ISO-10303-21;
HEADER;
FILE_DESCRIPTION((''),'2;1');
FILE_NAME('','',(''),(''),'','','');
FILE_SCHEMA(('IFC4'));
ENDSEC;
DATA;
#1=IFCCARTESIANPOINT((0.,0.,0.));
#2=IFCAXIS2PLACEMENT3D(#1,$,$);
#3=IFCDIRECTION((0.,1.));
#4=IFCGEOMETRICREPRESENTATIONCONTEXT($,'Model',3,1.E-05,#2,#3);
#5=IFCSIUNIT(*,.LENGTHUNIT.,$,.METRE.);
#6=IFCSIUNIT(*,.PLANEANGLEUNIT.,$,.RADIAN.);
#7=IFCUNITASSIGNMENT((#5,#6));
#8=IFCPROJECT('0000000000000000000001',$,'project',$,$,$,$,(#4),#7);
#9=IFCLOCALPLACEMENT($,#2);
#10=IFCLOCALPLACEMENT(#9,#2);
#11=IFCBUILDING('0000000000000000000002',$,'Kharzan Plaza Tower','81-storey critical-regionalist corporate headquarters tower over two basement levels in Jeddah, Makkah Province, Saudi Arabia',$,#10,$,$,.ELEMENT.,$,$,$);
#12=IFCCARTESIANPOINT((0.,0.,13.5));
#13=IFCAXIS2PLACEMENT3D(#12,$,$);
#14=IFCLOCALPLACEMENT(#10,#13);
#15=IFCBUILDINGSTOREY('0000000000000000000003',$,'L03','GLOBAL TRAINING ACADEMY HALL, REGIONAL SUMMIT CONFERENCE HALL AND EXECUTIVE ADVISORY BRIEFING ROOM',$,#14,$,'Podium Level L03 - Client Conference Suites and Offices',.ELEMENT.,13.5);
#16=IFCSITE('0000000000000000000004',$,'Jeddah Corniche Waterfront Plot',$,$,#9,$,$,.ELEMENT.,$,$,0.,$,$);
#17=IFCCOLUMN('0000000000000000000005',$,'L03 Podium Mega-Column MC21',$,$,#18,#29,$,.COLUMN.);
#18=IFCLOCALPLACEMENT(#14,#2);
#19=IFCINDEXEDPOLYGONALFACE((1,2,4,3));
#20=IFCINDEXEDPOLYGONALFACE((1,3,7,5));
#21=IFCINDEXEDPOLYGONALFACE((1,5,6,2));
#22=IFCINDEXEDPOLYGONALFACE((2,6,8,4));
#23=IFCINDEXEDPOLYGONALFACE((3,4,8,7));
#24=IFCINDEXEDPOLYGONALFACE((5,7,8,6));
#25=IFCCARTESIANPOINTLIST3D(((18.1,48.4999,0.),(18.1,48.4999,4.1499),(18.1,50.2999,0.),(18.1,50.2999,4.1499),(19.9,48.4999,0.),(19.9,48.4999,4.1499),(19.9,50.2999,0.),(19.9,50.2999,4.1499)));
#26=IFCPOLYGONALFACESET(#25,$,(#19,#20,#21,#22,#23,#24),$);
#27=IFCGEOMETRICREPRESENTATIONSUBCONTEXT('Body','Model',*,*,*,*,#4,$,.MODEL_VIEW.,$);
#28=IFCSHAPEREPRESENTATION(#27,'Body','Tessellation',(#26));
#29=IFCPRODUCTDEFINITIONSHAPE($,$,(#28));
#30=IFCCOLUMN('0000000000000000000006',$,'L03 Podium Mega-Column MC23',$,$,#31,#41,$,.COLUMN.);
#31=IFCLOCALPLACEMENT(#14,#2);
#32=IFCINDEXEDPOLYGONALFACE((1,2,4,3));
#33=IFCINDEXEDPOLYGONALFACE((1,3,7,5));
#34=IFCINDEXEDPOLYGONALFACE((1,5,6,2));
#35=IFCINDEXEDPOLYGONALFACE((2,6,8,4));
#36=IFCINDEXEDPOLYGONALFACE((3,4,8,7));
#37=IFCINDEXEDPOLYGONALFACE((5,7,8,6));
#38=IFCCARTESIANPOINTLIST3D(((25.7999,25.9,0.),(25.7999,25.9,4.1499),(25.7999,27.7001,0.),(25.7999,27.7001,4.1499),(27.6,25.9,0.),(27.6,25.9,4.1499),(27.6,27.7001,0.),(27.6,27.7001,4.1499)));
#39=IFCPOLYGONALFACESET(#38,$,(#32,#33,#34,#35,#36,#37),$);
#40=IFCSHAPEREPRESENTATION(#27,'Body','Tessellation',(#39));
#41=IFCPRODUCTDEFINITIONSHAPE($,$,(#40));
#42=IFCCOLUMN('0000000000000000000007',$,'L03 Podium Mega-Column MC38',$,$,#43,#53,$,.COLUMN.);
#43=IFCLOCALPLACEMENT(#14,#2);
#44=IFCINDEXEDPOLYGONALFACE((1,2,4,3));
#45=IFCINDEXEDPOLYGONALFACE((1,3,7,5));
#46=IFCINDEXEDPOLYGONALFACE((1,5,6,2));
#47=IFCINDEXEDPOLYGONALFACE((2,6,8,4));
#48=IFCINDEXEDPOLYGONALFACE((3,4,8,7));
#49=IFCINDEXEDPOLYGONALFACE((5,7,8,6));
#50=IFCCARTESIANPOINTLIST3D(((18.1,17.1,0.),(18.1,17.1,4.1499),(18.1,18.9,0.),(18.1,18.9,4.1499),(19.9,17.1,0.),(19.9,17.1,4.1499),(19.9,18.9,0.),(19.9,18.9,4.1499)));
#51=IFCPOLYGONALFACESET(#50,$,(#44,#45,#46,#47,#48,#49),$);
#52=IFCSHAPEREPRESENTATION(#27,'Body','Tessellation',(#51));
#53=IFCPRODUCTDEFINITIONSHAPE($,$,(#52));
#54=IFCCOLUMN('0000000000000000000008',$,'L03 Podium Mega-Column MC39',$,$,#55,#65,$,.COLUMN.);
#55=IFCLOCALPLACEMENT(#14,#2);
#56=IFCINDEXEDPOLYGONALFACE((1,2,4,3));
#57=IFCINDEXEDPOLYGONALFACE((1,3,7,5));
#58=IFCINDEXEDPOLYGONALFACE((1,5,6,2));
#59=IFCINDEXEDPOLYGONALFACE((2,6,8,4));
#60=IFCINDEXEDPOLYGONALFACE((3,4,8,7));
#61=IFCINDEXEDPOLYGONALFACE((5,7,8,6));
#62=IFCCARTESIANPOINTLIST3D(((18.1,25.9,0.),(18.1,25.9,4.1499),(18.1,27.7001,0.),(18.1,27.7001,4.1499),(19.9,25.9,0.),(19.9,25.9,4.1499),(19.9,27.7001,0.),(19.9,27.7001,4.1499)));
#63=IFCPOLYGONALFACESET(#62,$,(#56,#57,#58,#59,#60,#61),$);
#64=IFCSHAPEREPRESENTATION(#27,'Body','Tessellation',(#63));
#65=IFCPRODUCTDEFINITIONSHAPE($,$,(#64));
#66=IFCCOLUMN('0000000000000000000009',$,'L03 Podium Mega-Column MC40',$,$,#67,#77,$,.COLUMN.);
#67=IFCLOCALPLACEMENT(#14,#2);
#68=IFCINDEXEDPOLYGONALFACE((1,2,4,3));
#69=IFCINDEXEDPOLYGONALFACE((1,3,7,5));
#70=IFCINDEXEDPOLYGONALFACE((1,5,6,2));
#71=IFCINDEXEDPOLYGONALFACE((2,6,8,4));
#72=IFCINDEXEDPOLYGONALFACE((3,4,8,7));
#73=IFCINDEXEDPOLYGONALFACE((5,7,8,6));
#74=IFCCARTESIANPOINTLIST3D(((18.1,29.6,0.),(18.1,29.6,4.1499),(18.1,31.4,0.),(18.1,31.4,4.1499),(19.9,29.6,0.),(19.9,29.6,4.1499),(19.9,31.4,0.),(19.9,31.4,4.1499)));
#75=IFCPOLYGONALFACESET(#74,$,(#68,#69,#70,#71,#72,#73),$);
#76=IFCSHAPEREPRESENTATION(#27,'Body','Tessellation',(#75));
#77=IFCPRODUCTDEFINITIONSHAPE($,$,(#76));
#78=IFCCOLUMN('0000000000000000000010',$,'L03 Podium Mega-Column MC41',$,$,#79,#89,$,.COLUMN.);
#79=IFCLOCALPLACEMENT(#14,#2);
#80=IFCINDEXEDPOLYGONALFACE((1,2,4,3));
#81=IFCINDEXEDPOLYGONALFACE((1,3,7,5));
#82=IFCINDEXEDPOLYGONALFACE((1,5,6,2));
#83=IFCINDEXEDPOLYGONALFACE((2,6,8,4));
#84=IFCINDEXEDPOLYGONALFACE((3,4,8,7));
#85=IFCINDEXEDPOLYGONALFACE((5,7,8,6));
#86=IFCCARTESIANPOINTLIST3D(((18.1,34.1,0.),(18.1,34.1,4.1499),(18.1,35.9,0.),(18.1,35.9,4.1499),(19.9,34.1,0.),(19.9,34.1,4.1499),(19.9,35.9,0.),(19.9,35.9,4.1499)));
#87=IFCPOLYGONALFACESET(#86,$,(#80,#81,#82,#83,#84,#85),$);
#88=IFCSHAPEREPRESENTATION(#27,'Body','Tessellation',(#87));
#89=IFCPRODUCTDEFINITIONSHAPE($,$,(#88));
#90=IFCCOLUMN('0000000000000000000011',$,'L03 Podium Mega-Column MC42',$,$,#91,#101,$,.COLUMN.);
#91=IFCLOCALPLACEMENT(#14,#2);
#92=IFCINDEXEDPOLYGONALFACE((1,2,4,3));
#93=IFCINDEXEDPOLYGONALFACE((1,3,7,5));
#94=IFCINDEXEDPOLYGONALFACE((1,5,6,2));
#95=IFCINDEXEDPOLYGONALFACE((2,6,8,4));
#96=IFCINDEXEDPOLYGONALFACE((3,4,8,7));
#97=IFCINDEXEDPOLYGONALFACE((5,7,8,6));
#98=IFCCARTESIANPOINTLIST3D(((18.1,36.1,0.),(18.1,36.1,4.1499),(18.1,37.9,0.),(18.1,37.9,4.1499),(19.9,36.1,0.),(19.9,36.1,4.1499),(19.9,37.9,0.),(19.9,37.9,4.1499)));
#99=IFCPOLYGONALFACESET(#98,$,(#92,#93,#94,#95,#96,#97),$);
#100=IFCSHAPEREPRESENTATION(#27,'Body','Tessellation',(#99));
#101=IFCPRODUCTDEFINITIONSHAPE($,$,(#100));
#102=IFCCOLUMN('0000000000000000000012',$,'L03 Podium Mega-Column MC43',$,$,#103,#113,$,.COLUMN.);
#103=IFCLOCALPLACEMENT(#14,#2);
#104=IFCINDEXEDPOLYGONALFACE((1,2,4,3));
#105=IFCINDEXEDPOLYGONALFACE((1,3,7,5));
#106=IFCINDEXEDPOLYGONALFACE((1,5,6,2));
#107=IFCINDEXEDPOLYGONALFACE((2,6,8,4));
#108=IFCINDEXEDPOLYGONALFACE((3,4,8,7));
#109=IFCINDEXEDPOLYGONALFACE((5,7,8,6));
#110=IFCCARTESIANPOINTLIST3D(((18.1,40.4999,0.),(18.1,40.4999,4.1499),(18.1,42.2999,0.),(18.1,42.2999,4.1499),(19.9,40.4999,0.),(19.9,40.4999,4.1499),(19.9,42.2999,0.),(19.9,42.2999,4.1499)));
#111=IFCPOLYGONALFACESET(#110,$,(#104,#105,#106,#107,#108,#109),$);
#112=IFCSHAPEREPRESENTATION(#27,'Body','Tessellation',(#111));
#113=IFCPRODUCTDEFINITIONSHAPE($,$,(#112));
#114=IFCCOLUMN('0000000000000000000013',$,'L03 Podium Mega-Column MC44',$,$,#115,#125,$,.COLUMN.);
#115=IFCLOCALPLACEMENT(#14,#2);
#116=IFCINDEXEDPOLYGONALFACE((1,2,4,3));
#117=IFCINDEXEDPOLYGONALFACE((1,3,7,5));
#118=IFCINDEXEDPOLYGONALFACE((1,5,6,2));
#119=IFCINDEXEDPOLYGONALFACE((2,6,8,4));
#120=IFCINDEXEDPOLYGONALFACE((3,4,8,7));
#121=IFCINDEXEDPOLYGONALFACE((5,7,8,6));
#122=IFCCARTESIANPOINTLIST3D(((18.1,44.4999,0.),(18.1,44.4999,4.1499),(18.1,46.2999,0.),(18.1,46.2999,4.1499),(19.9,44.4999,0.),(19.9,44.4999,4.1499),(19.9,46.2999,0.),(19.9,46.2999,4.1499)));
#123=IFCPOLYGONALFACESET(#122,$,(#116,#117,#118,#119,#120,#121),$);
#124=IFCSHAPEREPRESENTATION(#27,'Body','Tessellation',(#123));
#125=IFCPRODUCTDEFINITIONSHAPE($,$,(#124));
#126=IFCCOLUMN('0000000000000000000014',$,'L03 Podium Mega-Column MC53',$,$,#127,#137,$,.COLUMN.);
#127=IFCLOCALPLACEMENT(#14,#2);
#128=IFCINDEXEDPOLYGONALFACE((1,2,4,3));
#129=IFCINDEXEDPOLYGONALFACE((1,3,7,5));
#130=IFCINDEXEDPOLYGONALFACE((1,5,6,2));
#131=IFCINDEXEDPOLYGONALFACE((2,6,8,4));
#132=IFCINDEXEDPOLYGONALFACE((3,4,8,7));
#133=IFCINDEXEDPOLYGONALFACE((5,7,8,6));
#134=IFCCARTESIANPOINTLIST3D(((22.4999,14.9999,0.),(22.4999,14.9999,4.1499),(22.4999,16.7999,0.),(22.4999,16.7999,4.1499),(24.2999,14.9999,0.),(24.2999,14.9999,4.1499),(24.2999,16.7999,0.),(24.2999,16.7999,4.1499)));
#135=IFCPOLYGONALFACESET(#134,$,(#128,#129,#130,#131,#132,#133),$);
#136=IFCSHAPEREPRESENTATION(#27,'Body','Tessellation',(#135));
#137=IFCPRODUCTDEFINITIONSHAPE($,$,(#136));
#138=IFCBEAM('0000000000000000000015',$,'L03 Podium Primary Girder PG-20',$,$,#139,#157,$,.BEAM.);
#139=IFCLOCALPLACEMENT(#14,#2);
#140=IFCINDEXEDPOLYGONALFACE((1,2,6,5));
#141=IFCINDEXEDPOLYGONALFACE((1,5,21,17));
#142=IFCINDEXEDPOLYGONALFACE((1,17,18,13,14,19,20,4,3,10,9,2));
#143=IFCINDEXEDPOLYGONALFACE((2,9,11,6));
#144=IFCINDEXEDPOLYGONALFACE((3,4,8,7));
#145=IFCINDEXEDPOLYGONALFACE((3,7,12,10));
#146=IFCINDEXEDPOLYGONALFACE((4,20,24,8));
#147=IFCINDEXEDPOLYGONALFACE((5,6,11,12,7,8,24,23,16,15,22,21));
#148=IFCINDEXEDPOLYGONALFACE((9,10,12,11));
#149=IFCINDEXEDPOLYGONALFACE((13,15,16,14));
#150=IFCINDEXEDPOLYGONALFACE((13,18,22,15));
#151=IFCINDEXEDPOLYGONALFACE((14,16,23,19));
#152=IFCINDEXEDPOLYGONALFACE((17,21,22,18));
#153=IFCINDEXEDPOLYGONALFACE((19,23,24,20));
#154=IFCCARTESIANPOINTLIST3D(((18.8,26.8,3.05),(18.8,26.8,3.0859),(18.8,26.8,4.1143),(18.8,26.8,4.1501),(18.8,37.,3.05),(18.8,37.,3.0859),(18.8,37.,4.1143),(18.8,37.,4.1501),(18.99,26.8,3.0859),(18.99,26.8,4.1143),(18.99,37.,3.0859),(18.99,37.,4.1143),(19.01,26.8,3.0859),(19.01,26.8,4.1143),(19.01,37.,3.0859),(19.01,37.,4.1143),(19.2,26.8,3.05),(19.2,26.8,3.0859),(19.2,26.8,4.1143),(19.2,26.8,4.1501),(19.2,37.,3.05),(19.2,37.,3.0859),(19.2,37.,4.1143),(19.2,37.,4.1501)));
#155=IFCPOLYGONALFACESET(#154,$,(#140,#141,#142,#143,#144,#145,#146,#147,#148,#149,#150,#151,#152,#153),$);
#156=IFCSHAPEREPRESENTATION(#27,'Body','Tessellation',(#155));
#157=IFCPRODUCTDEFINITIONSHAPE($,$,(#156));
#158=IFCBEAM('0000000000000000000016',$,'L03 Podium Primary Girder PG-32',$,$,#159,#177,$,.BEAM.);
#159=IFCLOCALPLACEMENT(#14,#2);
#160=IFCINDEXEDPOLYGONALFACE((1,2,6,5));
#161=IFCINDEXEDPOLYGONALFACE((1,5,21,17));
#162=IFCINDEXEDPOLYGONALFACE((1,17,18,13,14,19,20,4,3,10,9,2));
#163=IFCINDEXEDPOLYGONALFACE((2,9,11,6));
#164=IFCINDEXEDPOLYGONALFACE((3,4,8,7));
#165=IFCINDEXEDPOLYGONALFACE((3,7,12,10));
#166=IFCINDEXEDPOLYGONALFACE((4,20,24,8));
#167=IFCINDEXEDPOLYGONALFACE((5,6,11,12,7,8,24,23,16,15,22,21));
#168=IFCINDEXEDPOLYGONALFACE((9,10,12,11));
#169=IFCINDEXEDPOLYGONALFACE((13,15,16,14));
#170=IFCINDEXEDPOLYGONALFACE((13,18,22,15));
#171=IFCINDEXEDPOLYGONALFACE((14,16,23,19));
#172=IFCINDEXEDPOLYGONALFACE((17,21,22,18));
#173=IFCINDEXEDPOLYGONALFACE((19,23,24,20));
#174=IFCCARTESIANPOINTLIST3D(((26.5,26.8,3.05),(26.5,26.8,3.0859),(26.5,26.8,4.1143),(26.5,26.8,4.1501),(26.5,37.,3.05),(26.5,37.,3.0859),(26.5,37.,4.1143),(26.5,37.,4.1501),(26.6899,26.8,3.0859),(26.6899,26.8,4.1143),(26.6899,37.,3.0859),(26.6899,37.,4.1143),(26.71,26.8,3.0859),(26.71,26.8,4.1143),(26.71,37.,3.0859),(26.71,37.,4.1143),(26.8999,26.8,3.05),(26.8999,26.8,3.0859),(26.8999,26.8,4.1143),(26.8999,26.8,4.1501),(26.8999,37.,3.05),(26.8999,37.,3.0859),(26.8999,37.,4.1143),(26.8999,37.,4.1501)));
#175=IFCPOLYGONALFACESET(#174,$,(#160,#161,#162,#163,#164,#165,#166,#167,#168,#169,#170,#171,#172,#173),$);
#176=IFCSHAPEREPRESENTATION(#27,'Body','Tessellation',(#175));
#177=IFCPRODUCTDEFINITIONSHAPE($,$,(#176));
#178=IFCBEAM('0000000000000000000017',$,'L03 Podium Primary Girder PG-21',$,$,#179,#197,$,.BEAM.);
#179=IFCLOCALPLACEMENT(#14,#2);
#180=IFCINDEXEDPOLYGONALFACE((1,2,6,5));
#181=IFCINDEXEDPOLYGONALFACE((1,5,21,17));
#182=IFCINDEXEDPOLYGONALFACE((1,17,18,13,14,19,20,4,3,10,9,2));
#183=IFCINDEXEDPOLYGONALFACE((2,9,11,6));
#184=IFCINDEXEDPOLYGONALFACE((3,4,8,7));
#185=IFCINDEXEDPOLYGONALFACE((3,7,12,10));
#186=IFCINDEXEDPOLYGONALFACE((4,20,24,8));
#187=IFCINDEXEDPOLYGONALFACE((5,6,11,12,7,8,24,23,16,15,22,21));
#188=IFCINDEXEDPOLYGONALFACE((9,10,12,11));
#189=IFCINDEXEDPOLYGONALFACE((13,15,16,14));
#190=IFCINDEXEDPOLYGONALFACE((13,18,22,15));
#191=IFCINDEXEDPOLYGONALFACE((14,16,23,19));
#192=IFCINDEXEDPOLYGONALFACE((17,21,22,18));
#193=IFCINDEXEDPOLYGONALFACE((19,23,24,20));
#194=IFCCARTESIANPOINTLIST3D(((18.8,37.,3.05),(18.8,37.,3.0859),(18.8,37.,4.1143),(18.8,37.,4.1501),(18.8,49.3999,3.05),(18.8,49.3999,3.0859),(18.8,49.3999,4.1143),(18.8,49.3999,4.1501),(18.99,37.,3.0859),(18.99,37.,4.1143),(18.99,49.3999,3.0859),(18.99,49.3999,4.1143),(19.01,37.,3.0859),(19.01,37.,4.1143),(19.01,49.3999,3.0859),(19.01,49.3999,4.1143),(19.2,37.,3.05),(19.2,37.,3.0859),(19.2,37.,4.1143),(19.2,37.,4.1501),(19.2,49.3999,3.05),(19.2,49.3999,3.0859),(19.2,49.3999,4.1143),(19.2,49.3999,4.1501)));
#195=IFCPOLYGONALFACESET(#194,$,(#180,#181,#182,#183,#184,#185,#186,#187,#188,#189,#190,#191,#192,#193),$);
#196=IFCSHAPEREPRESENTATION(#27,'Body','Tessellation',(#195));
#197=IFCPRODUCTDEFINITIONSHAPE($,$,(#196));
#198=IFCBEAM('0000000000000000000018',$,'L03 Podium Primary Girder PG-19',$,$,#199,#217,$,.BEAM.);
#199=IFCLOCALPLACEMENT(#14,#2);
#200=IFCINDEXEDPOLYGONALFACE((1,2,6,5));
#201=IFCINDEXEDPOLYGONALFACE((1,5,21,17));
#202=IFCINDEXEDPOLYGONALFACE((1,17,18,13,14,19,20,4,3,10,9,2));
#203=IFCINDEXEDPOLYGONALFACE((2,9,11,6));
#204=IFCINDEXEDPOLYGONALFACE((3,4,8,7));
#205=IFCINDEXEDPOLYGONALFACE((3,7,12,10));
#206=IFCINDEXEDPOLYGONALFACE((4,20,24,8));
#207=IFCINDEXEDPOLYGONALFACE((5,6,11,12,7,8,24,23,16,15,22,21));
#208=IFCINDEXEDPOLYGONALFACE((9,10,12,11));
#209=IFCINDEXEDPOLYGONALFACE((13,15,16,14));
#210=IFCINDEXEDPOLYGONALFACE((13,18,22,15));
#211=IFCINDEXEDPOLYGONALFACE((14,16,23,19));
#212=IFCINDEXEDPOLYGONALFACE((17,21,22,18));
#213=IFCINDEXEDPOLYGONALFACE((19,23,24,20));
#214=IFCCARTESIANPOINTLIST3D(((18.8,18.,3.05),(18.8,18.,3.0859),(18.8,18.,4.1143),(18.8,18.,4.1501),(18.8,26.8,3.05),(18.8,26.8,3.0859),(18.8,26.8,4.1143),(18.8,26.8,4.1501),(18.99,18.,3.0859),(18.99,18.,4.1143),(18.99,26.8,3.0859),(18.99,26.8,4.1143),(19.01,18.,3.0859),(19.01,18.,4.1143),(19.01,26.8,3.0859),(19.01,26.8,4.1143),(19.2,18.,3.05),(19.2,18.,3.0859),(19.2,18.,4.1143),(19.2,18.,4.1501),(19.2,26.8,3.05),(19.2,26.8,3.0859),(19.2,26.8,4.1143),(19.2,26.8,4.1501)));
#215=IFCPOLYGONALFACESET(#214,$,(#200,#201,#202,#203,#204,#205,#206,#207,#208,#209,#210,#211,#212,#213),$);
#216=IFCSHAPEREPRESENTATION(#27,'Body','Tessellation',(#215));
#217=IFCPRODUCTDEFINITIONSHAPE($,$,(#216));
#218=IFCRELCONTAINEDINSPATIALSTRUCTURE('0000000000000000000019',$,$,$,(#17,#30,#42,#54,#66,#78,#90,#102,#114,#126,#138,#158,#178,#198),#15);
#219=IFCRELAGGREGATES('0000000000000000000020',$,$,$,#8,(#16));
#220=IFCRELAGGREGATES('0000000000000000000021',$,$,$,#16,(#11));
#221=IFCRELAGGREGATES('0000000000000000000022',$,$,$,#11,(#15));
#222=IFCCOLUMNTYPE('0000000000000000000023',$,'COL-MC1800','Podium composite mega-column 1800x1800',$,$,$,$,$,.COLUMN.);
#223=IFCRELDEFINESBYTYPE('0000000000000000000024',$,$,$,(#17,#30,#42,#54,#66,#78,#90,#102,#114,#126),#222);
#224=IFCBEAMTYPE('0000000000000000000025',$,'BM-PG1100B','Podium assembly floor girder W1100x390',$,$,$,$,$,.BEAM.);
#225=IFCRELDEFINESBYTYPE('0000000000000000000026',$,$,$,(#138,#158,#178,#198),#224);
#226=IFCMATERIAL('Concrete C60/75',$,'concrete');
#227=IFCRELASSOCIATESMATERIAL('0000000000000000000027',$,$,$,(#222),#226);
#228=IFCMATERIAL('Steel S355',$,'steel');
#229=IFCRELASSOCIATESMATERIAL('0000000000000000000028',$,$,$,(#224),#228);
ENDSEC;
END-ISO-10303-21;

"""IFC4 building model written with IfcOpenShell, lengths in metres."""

from ifc_helpers import new_model, si_unit, direction, frame, origin, origin_2d, place, context, subcontext, project, spatial, rectangle, i_section, extrude, source, transform, mapped, material, material_profile, profile_set, type_object, element, save


model = new_model("IFC4")

# Units and contexts
model_context = context("Model", 3, precision=1e-05, world=origin(), true_north=direction((0.0, 1.0)))
body_context = subcontext(model_context, "Body", "Model", "MODEL_VIEW")
ifc_project = project(units=[si_unit("LENGTHUNIT", "METRE"), si_unit("PLANEANGLEUNIT", "RADIAN")], contexts=[model_context])

# Site, building, storey
site_placement = place(None, origin())
site = spatial("IfcSite", under=ifc_project, at=site_placement, Name="Jeddah Corniche Waterfront Plot", CompositionType="ELEMENT", RefElevation=0.0)
building_placement = place(site_placement, origin())
building = spatial("IfcBuilding", under=site, at=building_placement, Name="Kharzan Plaza Tower", Description="81-storey critical-regionalist corporate headquarters tower over two basement levels in Jeddah, Makkah Province, Saudi Arabia", CompositionType="ELEMENT")
storey_placement = place(building_placement, frame((0.0, 0.0, 13.5)))
storey = spatial("IfcBuildingStorey", under=building, at=storey_placement, Name="L03", Description="GLOBAL TRAINING ACADEMY HALL, REGIONAL SUMMIT CONFERENCE HALL AND EXECUTIVE ADVISORY BRIEFING ROOM", LongName="Podium Level L03 - Client Conference Suites and Offices", CompositionType="ELEMENT", Elevation=13.5)

# Columns
ifc_material_1 = material(Name="Concrete C60/75", Category="concrete")
ifc_material_profile_1 = material_profile(ifc_material_1, rectangle(XDim=1.8, YDim=1.8, at=origin_2d()), Name="RC-MC1800x1800")
ifc_profile_set_1 = profile_set([ifc_material_profile_1], Name="Concrete C60/75")
column_type = type_object("IfcColumnType", Name="COL-MC1800", Description="Podium composite mega-column 1800x1800", PredefinedType="COLUMN", material=ifc_profile_set_1)
shared_shape_1 = source(origin(), body_context, "Body", "SweptSolid", [
    extrude(rectangle(XDim=1.8, YDim=1.8, at=origin_2d()), origin(), (0.0, 0.0, 1.0), 4.1499),
])
for number, where, z_axis, x_axis, name in (
    (1, (19.0, 49.3999, 0.0), (0.0, 0.0, 1.0), (1.0, 0.0, 0.0), "L03 Podium Mega-Column MC21"),
    (2, (26.7, 26.8, 0.0), (0.0, 0.0, 1.0), (1.0, 0.0, 0.0), "L03 Podium Mega-Column MC23"),
    (3, (19.0, 18.0, 0.0), (0.0, 0.0, 1.0), (1.0, 0.0, 0.0), "L03 Podium Mega-Column MC38"),
    (4, (19.0, 26.8, 0.0), (0.0, 0.0, 1.0), (1.0, 0.0, 0.0), "L03 Podium Mega-Column MC39"),
    (5, (19.0, 30.5, 0.0), (0.0, 0.0, 1.0), (1.0, 0.0, 0.0), "L03 Podium Mega-Column MC40"),
    (6, (19.0, 35.0, 0.0), (0.0, 0.0, 1.0), (1.0, 0.0, 0.0), "L03 Podium Mega-Column MC41"),
    (7, (19.0, 37.0, 0.0), (0.0, 0.0, 1.0), (1.0, 0.0, 0.0), "L03 Podium Mega-Column MC42"),
    (8, (19.0, 41.3999, 0.0), (0.0, 0.0, 1.0), (1.0, 0.0, 0.0), "L03 Podium Mega-Column MC43"),
    (9, (19.0, 45.3999, 0.0), (0.0, 0.0, 1.0), (1.0, 0.0, 0.0), "L03 Podium Mega-Column MC44"),
    (10, (23.3999, 15.8999, 0.0), (0.0, 0.0, 1.0), (1.0, 0.0, 0.0), "L03 Podium Mega-Column MC53"),
):
    element("IfcColumn", number, at=place(storey_placement, frame(where, z_axis=z_axis, x_axis=x_axis)), inside=storey, type_object=column_type, Name=name, PredefinedType="COLUMN", context=body_context, shape_type="MappedRepresentation", body=[
        mapped(shared_shape_1, transform((0.0, 0.0, 0.0), x_axis=(1.0, 0.0, 0.0), y_axis=(0.0, 1.0, 0.0), z_axis=(0.0, 0.0, 1.0))),
    ])

# Beams
ifc_material_2 = material(Name="Steel S355", Category="steel")
ifc_material_profile_2 = material_profile(ifc_material_2, i_section(OverallWidth=0.3999, OverallDepth=1.1001, WebThickness=0.02, FlangeThickness=0.0359, at=origin_2d()), Name="W1100x390")
ifc_profile_set_2 = profile_set([ifc_material_profile_2], Name="Steel S355")
beam_type = type_object("IfcBeamType", Name="BM-PG1100B", Description="Podium assembly floor girder W1100x390", PredefinedType="BEAM", material=ifc_profile_set_2)
shared_shape_2 = source(origin(), body_context, "Body", "SweptSolid", [
    extrude(i_section(OverallWidth=0.3999, OverallDepth=1.1001, WebThickness=0.02, FlangeThickness=0.0359, at=origin_2d()), origin(), (0.0, 0.0, 1.0), 10.2),
])
for number, where, z_axis, x_axis, name in (
    (11, (19.0, 26.8, 3.6001), (0.0, 1.0, 0.0), (-1.0, 0.0, 0.0), "L03 Podium Primary Girder PG-20"),
    (12, (26.7, 26.8, 3.6001), (0.0, 1.0, 0.0), (-1.0, 0.0, 0.0), "L03 Podium Primary Girder PG-32"),
):
    element("IfcBeam", number, at=place(storey_placement, frame(where, z_axis=z_axis, x_axis=x_axis)), inside=storey, type_object=beam_type, Name=name, PredefinedType="BEAM", context=body_context, shape_type="MappedRepresentation", body=[
        mapped(shared_shape_2, transform((0.0, 0.0, 0.0), x_axis=(1.0, 0.0, 0.0), y_axis=(0.0, 1.0, 0.0), z_axis=(0.0, 0.0, 1.0))),
    ])
shared_shape_3 = source(origin(), body_context, "Body", "SweptSolid", [
    extrude(i_section(OverallWidth=0.3999, OverallDepth=1.1001, WebThickness=0.02, FlangeThickness=0.0359, at=origin_2d()), origin(), (0.0, 0.0, 1.0), 12.3999),
])
beam_1_placement = place(storey_placement, frame((19.0, 37.0, 3.6001), z_axis=(0.0, 1.0, 0.0), x_axis=(-1.0, 0.0, 0.0)))
element("IfcBeam", 13, at=beam_1_placement, inside=storey, type_object=beam_type, Name="L03 Podium Primary Girder PG-21", PredefinedType="BEAM", context=body_context, shape_type="MappedRepresentation", body=[
    mapped(shared_shape_3, transform((0.0, 0.0, 0.0), x_axis=(1.0, 0.0, 0.0), y_axis=(0.0, 1.0, 0.0), z_axis=(0.0, 0.0, 1.0))),
])
shared_shape_4 = source(origin(), body_context, "Body", "SweptSolid", [
    extrude(i_section(OverallWidth=0.3999, OverallDepth=1.1001, WebThickness=0.02, FlangeThickness=0.0359, at=origin_2d()), origin(), (0.0, 0.0, 1.0), 8.8),
])
beam_2_placement = place(storey_placement, frame((19.0, 18.0, 3.6001), z_axis=(0.0, 1.0, 0.0), x_axis=(-1.0, 0.0, 0.0)))
element("IfcBeam", 14, at=beam_2_placement, inside=storey, type_object=beam_type, Name="L03 Podium Primary Girder PG-19", PredefinedType="BEAM", context=body_context, shape_type="MappedRepresentation", body=[
    mapped(shared_shape_4, transform((0.0, 0.0, 0.0), x_axis=(1.0, 0.0, 0.0), y_axis=(0.0, 1.0, 0.0), z_axis=(0.0, 0.0, 1.0))),
])

save(model, "model.ifc")
